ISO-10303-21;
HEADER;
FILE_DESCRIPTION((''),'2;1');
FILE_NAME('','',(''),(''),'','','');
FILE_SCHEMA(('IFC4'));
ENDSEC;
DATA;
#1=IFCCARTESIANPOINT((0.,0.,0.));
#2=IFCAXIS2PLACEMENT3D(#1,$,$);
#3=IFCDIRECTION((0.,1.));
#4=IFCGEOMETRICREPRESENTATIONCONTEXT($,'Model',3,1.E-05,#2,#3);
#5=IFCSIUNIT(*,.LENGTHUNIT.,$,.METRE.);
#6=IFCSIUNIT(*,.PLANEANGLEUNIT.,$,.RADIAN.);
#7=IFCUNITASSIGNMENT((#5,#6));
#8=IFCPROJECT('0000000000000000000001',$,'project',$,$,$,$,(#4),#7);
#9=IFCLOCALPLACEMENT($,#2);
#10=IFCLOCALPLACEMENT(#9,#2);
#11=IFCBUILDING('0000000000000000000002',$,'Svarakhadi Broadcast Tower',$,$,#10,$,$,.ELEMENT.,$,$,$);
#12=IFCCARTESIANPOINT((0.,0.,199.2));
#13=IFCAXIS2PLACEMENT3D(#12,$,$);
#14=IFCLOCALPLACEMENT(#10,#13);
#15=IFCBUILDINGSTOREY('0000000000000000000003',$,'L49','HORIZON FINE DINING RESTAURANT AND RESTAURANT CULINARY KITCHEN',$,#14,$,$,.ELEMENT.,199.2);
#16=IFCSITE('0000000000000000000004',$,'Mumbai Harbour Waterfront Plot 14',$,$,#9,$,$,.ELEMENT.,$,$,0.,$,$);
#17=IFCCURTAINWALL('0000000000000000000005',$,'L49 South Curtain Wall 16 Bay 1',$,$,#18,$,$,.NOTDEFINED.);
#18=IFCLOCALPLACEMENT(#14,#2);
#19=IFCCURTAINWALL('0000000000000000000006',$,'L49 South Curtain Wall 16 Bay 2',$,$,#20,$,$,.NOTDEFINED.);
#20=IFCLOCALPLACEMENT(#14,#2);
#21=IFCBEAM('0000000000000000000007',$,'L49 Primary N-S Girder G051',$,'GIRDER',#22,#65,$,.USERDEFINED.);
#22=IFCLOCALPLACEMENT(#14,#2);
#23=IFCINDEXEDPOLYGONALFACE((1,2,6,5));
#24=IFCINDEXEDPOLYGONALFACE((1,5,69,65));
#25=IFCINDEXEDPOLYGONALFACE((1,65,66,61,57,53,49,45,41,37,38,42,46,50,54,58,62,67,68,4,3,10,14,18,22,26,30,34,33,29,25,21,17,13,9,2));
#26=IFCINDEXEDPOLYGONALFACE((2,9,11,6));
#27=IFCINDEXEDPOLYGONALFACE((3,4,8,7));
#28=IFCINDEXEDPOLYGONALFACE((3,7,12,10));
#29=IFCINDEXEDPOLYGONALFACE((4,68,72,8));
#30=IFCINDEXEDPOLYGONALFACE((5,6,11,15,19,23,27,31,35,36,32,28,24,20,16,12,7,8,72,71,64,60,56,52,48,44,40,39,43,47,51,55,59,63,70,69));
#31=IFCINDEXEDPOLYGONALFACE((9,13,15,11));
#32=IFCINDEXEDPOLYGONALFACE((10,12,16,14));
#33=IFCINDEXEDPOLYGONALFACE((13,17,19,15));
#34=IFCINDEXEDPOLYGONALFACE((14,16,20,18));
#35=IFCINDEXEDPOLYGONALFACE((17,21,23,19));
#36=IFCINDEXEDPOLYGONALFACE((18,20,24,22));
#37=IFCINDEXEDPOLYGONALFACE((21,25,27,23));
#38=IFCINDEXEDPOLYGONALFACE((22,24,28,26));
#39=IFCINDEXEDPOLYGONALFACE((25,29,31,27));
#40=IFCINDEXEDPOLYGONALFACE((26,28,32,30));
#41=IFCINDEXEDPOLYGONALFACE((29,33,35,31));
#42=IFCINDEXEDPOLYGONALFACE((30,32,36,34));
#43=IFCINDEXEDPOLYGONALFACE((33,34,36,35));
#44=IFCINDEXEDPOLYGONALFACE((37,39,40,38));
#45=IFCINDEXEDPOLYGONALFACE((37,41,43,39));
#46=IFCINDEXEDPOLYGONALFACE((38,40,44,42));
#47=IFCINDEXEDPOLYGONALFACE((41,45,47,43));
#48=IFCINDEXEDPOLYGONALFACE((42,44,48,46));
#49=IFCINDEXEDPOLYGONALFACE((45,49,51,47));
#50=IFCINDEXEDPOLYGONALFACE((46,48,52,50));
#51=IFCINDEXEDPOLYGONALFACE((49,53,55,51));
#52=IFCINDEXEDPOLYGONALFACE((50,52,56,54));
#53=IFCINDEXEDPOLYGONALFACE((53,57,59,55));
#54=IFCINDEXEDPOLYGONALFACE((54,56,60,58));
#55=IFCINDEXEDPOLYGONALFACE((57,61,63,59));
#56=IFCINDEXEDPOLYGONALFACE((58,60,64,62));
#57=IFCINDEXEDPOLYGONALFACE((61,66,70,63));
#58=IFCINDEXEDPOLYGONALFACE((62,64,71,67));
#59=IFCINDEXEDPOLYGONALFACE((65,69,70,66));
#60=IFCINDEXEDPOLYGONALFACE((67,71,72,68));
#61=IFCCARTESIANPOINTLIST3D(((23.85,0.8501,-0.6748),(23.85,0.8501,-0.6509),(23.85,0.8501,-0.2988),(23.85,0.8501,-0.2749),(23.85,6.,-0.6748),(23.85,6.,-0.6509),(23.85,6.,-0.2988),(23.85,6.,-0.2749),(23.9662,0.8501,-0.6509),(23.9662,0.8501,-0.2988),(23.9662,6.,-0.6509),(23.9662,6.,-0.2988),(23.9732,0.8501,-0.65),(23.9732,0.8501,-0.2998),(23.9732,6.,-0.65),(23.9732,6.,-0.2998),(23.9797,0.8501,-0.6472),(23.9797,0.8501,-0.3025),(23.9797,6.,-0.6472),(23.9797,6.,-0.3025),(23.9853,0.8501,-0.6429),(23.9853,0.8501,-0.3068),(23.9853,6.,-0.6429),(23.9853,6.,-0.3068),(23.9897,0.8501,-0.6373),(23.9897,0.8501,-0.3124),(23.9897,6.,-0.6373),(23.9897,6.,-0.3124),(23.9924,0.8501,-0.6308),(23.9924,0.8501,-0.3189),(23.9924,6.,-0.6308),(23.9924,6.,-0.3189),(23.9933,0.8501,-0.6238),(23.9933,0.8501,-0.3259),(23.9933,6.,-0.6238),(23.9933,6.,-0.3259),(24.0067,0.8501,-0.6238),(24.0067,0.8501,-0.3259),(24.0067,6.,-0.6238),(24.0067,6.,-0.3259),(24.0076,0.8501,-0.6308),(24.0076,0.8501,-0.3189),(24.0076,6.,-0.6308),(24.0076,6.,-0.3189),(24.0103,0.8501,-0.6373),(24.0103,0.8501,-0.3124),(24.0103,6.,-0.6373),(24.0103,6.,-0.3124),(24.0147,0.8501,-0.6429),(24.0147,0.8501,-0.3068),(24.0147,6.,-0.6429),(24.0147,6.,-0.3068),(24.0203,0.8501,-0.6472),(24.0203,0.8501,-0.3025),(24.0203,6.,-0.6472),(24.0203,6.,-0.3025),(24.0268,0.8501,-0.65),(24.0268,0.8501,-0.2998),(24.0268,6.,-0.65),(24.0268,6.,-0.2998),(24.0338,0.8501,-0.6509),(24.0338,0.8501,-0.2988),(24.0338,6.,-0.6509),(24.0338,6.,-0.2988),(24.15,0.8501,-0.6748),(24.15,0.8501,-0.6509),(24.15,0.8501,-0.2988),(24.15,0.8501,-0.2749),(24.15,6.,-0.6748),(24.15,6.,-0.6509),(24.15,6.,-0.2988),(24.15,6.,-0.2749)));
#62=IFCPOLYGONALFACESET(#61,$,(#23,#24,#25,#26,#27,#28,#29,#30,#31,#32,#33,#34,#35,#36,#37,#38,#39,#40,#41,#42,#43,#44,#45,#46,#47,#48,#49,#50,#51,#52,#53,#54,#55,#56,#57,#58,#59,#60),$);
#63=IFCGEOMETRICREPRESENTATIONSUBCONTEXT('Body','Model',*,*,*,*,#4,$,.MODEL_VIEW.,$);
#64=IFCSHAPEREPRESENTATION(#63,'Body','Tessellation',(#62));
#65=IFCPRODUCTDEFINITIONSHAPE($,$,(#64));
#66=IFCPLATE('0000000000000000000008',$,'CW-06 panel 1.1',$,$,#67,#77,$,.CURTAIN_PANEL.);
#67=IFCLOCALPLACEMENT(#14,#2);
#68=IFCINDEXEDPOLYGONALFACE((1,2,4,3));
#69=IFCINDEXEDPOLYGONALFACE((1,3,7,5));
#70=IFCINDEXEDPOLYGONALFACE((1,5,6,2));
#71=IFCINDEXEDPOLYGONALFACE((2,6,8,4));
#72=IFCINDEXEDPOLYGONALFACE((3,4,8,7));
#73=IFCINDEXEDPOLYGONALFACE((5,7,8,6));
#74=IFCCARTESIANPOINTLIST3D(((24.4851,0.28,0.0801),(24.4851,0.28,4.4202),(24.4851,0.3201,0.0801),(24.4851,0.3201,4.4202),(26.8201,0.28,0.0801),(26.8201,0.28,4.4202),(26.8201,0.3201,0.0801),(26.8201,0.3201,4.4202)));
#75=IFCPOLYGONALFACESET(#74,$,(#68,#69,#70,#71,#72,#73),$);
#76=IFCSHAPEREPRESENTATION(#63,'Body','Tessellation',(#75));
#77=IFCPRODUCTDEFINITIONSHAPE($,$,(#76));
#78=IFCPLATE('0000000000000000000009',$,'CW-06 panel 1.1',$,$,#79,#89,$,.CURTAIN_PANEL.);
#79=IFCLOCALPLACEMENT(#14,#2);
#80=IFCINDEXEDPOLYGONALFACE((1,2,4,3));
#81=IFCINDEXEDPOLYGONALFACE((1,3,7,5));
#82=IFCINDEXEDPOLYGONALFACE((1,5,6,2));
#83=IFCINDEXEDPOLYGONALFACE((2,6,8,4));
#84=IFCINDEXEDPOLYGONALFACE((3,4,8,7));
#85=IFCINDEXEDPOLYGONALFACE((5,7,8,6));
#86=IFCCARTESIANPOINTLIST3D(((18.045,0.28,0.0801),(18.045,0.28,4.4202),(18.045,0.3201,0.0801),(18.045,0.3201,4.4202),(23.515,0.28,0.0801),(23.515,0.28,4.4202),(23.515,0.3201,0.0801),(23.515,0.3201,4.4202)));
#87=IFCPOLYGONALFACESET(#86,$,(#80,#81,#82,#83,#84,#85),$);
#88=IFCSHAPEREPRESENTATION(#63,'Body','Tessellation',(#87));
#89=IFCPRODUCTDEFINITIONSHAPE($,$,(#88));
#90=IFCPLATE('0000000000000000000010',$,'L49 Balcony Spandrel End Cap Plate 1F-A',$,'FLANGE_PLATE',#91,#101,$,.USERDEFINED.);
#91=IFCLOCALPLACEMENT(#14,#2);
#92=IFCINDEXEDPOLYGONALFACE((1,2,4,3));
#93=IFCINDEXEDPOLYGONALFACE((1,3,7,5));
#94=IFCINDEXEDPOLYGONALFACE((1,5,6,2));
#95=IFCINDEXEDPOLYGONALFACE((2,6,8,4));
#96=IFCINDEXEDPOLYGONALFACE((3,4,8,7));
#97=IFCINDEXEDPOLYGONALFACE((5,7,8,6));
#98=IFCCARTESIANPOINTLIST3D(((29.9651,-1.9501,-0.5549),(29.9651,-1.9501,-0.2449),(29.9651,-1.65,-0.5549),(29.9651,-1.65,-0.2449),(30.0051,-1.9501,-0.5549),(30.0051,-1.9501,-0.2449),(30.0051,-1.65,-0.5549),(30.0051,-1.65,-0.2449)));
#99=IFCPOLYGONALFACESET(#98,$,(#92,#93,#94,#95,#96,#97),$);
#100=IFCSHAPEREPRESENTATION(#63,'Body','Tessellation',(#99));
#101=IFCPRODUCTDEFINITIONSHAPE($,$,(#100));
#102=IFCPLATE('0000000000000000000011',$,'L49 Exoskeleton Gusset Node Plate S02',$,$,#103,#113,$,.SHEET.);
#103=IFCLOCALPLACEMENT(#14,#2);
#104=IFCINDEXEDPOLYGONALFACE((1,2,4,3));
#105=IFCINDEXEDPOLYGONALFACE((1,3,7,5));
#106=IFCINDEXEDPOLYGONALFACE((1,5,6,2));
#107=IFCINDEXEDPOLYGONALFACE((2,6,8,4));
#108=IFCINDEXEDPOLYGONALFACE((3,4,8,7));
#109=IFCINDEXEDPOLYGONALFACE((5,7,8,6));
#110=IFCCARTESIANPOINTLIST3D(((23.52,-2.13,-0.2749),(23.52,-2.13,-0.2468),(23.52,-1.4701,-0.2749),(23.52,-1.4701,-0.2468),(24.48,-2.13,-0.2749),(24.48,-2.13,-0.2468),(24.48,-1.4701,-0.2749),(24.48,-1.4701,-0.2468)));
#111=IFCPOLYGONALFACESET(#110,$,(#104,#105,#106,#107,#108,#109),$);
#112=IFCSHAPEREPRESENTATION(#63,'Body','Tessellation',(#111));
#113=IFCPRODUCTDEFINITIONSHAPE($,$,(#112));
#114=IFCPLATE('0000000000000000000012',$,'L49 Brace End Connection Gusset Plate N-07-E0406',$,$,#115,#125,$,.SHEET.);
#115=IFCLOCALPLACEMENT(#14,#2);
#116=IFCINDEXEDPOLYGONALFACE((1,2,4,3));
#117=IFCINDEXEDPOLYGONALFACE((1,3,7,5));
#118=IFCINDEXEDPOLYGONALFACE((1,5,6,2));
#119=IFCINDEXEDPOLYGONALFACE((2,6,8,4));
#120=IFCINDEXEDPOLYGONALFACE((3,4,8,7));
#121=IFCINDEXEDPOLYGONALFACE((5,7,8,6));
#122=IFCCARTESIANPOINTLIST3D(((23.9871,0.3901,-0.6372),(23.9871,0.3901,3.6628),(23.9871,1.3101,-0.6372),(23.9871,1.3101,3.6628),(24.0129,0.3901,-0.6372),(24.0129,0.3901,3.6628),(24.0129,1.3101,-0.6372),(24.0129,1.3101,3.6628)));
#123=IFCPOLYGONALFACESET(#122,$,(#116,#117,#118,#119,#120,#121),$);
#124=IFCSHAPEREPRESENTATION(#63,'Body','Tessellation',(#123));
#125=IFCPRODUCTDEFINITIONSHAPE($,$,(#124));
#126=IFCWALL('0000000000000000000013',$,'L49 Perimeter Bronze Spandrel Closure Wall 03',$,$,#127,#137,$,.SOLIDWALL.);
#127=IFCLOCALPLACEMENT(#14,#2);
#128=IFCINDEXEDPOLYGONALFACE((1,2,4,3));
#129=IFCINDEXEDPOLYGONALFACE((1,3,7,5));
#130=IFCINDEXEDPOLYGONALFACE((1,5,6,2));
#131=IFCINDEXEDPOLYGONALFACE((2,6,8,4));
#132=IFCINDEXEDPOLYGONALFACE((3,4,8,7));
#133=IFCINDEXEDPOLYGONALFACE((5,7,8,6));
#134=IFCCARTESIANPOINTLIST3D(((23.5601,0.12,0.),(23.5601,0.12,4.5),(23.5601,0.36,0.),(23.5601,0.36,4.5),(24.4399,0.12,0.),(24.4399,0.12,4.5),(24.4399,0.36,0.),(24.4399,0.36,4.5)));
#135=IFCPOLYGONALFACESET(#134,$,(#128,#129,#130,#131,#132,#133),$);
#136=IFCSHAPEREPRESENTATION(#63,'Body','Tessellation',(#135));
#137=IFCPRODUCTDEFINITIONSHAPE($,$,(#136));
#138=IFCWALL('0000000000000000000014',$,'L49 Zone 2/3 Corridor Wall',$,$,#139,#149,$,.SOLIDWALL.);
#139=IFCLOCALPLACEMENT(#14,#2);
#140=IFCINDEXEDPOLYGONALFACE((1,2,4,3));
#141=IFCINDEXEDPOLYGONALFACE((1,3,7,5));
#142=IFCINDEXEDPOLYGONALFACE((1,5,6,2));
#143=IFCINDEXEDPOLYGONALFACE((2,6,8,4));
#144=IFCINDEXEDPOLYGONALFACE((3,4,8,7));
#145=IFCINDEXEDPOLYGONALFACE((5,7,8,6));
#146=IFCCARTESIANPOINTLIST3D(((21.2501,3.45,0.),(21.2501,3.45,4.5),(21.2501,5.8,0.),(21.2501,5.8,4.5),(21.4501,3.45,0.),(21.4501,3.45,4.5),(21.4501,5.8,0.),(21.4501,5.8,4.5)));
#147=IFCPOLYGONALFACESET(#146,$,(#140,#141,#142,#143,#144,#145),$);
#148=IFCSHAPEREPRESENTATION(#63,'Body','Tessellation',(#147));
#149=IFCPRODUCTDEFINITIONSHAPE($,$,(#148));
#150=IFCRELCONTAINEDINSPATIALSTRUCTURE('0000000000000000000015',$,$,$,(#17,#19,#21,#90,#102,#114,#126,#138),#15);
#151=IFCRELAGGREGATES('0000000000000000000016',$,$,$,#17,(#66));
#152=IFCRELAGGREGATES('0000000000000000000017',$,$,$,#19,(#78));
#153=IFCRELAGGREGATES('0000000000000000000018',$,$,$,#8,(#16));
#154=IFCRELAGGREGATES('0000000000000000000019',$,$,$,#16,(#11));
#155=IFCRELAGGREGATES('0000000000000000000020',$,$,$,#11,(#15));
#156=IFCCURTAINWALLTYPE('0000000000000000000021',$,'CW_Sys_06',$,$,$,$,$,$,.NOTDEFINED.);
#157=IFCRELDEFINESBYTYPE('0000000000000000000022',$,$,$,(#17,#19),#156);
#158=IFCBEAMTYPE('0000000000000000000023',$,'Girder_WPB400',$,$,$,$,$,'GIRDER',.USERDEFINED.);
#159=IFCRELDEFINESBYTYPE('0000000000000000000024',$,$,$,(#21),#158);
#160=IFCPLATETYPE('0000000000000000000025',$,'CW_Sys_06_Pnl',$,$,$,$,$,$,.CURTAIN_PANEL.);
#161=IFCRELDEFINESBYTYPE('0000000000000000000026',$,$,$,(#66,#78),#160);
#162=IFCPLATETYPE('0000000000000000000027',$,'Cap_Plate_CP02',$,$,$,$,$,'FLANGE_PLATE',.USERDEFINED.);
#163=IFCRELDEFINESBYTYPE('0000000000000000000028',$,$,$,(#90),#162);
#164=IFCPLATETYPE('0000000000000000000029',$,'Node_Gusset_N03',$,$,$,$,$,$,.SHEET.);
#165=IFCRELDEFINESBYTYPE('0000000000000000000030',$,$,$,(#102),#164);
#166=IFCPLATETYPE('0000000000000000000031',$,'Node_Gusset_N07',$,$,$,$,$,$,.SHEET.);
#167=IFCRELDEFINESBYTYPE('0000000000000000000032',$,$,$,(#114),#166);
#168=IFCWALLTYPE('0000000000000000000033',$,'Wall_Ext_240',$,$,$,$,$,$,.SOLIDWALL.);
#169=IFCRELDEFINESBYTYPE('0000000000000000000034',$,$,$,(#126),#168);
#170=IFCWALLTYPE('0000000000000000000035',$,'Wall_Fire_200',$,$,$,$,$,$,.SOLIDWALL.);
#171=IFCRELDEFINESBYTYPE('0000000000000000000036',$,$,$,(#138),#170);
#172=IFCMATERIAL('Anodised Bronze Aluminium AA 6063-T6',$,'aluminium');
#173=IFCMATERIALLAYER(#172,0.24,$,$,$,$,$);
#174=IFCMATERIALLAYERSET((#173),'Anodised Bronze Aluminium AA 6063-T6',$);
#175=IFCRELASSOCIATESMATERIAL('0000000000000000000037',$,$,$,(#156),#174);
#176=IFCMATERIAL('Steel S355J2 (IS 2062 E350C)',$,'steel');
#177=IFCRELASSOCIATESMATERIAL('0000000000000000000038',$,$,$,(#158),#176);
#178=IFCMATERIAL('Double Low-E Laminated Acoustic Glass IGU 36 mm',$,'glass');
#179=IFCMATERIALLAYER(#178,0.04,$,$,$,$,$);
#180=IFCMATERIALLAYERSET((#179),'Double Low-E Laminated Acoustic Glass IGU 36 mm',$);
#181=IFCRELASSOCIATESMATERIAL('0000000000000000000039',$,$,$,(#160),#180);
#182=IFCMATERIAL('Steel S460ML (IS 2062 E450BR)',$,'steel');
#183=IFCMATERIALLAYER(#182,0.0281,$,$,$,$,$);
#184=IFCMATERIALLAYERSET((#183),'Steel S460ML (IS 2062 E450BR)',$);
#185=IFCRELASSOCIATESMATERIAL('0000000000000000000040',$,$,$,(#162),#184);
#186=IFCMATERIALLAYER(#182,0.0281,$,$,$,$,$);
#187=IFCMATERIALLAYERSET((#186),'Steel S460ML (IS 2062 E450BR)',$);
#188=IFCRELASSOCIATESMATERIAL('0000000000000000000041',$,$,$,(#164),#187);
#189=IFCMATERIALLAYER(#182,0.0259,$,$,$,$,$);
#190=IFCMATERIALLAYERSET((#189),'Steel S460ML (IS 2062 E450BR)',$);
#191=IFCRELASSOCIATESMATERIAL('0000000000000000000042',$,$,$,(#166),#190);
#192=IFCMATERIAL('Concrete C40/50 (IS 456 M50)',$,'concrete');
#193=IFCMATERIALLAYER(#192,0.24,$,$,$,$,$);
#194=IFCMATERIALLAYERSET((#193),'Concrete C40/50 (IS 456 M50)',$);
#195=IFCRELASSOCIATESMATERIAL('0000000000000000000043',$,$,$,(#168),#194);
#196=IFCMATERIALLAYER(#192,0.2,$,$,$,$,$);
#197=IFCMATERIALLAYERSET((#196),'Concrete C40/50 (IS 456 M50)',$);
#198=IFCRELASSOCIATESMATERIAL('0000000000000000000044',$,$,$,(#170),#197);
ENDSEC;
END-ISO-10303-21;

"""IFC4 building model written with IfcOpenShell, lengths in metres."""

from ifc_helpers import new_model, si_unit, direction, frame, frame_2d, origin, origin_2d, place, context, subcontext, project, spatial, rectangle, i_section, extrude, material, layer, layer_set, material_profile, profile_set, type_object, element, aggregate, save


model = new_model("IFC4")

# Units and contexts
model_context = context("Model", 3, precision=1e-05, world=origin(), true_north=direction((0.0, 1.0)))
body_context = subcontext(model_context, "Body", "Model", "MODEL_VIEW")
ifc_project = project(units=[si_unit("LENGTHUNIT", "METRE"), si_unit("PLANEANGLEUNIT", "RADIAN")], contexts=[model_context])

# Site, building, storey
site_placement = place(None, origin())
site = spatial("IfcSite", under=ifc_project, at=site_placement, Name="Mumbai Harbour Waterfront Plot 14", CompositionType="ELEMENT", RefElevation=0.0)
building_placement = place(site_placement, origin())
building = spatial("IfcBuilding", under=site, at=building_placement, Name="Svarakhadi Broadcast Tower", CompositionType="ELEMENT")
storey_placement = place(building_placement, frame((0.0, 0.0, 199.2)))
storey = spatial("IfcBuildingStorey", under=building, at=storey_placement, Name="L49", Description="HORIZON FINE DINING RESTAURANT AND RESTAURANT CULINARY KITCHEN", CompositionType="ELEMENT", Elevation=199.2)

# Shared definitions
ifc_material_1 = material(Name="Steel S460ML (IS 2062 E450BR)", Category="steel")

# Shared definitions
ifc_material_2 = material(Name="Steel S355J2 (IS 2062 E350C)", Category="steel")

# Curtain walls
ifc_material_3 = material(Name="Anodised Bronze Aluminium AA 6063-T6", Category="aluminium")
ifc_layer_1 = layer(ifc_material_3, 0.24)
ifc_layer_set_1 = layer_set([ifc_layer_1], Name="Anodised Bronze Aluminium AA 6063-T6")
curtain_wall_type = type_object("IfcCurtainWallType", Name="CW_Sys_06", PredefinedType="NOTDEFINED", material=ifc_layer_set_1)
curtain_wall_1_placement = place(storey_placement, origin())
curtain_wall_1 = element("IfcCurtainWall", 1, at=curtain_wall_1_placement, inside=storey, type_object=curtain_wall_type, Name="L49 South Curtain Wall 16 Bay 1", PredefinedType="NOTDEFINED")
curtain_wall_2_placement = place(storey_placement, origin())
curtain_wall_2 = element("IfcCurtainWall", 2, at=curtain_wall_2_placement, inside=storey, type_object=curtain_wall_type, Name="L49 South Curtain Wall 16 Bay 2", PredefinedType="NOTDEFINED")

# Beam
ifc_material_profile_1 = material_profile(ifc_material_2, i_section(OverallWidth=0.3, OverallDepth=0.3999, WebThickness=0.0134, FlangeThickness=0.0239, FilletRadius=0.0271, at=origin_2d()), Name="WPB 400x300x155")
ifc_profile_set_1 = profile_set([ifc_material_profile_1], Name="Steel S355J2 (IS 2062 E350C)")
beam_type_1 = type_object("IfcBeamType", Name="Girder_WPB400", ElementType="GIRDER", PredefinedType="USERDEFINED", material=ifc_profile_set_1)
for number, where, z_axis, x_axis, name in (
    (3, (24.0, 0.8501, -0.4749), (0.0, 1.0, 0.0), (-1.0, 0.0, 0.0), "L49 Primary N-S Girder G051"),
):
    element("IfcBeam", number, at=place(storey_placement, frame(where, z_axis=z_axis, x_axis=x_axis)), inside=storey, type_object=beam_type_1, Name=name, ObjectType="GIRDER", PredefinedType="USERDEFINED", context=body_context, shape_type="SweptSolid", body=[
        extrude(i_section(OverallWidth=0.3, OverallDepth=0.3999, WebThickness=0.0134, FlangeThickness=0.0239, FilletRadius=0.0271, at=origin_2d()), origin(), (0.0, 0.0, 1.0), 5.1499),
    ])

# Plates
ifc_material_4 = material(Name="Double Low-E Laminated Acoustic Glass IGU 36 mm", Category="glass")
ifc_layer_2 = layer(ifc_material_4, 0.04)
ifc_layer_set_2 = layer_set([ifc_layer_2], Name="Double Low-E Laminated Acoustic Glass IGU 36 mm")
plate_type_1 = type_object("IfcPlateType", Name="CW_Sys_06_Pnl", PredefinedType="CURTAIN_PANEL", material=ifc_layer_set_2)
plate_1_placement = place(storey_placement, frame((25.6526, 0.3, 0.0801), z_axis=(0.0, 0.0, 1.0), x_axis=(-1.0, 0.0, 0.0)))
plate_1 = element("IfcPlate", 4, at=plate_1_placement, type_object=plate_type_1, Name="CW-06 panel 1.1", PredefinedType="CURTAIN_PANEL", context=body_context, shape_type="SweptSolid", body=[
    extrude(rectangle(XDim=2.335, YDim=0.04, at=origin_2d()), origin(), (0.0, 0.0, 1.0), 4.3401),
])
aggregate(curtain_wall_1, [plate_1])
plate_2_placement = place(storey_placement, frame((20.78, 0.3, 0.0801), z_axis=(0.0, 0.0, 1.0), x_axis=(-1.0, 0.0, 0.0)))
plate_2 = element("IfcPlate", 5, at=plate_2_placement, type_object=plate_type_1, Name="CW-06 panel 1.1", PredefinedType="CURTAIN_PANEL", context=body_context, shape_type="SweptSolid", body=[
    extrude(rectangle(XDim=5.47, YDim=0.04, at=origin_2d()), origin(), (0.0, 0.0, 1.0), 4.3401),
])
aggregate(curtain_wall_2, [plate_2])

# Plates
ifc_layer_3 = layer(ifc_material_1, 0.0281)
ifc_layer_set_3 = layer_set([ifc_layer_3], Name="Steel S460ML (IS 2062 E450BR)")
plate_type_2 = type_object("IfcPlateType", Name="Cap_Plate_CP02", ElementType="FLANGE_PLATE", PredefinedType="USERDEFINED", material=ifc_layer_set_3)
plate_3_placement = place(storey_placement, frame((29.9851, -1.8, -0.5549), z_axis=(0.0, 0.0, 1.0), x_axis=(1.0, 0.0, 0.0)))
element("IfcPlate", 6, at=plate_3_placement, inside=storey, type_object=plate_type_2, Name="L49 Balcony Spandrel End Cap Plate 1F-A", ObjectType="FLANGE_PLATE", PredefinedType="USERDEFINED", context=body_context, shape_type="SweptSolid", body=[
    extrude(rectangle(XDim=0.04, YDim=0.3, at=origin_2d()), origin(), (0.0, 0.0, 1.0), 0.3101),
])
ifc_layer_4 = layer(ifc_material_1, 0.0281)
ifc_layer_set_4 = layer_set([ifc_layer_4], Name="Steel S460ML (IS 2062 E450BR)")
plate_type_3 = type_object("IfcPlateType", Name="Node_Gusset_N03", PredefinedType="SHEET", material=ifc_layer_set_4)
plate_4_placement = place(storey_placement, frame((24.0, -1.8, -0.2749), z_axis=(0.0, 0.0, 1.0), x_axis=(1.0, 0.0, 0.0)))
element("IfcPlate", 7, at=plate_4_placement, inside=storey, type_object=plate_type_3, Name="L49 Exoskeleton Gusset Node Plate S02", PredefinedType="SHEET", context=body_context, shape_type="SweptSolid", body=[
    extrude(rectangle(XDim=0.96, YDim=0.6599, at=origin_2d()), origin(), (0.0, 0.0, 1.0), 0.0281),
])
ifc_layer_5 = layer(ifc_material_1, 0.0259)
ifc_layer_set_5 = layer_set([ifc_layer_5], Name="Steel S460ML (IS 2062 E450BR)")
plate_type_4 = type_object("IfcPlateType", Name="Node_Gusset_N07", PredefinedType="SHEET", material=ifc_layer_set_5)
plate_5_placement = place(storey_placement, frame((24.0, 0.8501, -0.6372), z_axis=(0.0, 0.0, 1.0), x_axis=(0.0, 1.0, 0.0)))
element("IfcPlate", 8, at=plate_5_placement, inside=storey, type_object=plate_type_4, Name="L49 Brace End Connection Gusset Plate N-07-E0406", PredefinedType="SHEET", context=body_context, shape_type="SweptSolid", body=[
    extrude(rectangle(XDim=0.9199, YDim=0.0259, at=origin_2d()), origin(), (0.0, 0.0, 1.0), 4.3),
])

# Walls
ifc_material_5 = material(Name="Concrete C40/50 (IS 456 M50)", Category="concrete")
ifc_layer_6 = layer(ifc_material_5, 0.24)
ifc_layer_set_6 = layer_set([ifc_layer_6], Name="Concrete C40/50 (IS 456 M50)")
wall_type_1 = type_object("IfcWallType", Name="Wall_Ext_240", PredefinedType="SOLIDWALL", material=ifc_layer_set_6)
wall_1_placement = place(storey_placement, frame((24.4399, 0.24, 0.0), z_axis=(0.0, 0.0, 1.0), x_axis=(-1.0, 0.0, 0.0)))
element("IfcWall", 9, at=wall_1_placement, inside=storey, type_object=wall_type_1, Name="L49 Perimeter Bronze Spandrel Closure Wall 03", PredefinedType="SOLIDWALL", context=body_context, shape_type="SweptSolid", body=[
    extrude(rectangle(XDim=0.8799, YDim=0.24, at=frame_2d((0.4399, 0.0))), origin(), (0.0, 0.0, 1.0), 4.5),
])
ifc_layer_7 = layer(ifc_material_5, 0.2)
ifc_layer_set_7 = layer_set([ifc_layer_7], Name="Concrete C40/50 (IS 456 M50)")
wall_type_2 = type_object("IfcWallType", Name="Wall_Fire_200", PredefinedType="SOLIDWALL", material=ifc_layer_set_7)
wall_2_placement = place(storey_placement, frame((21.3501, 3.45, 0.0), z_axis=(0.0, 0.0, 1.0), x_axis=(0.0, 1.0, 0.0)))
element("IfcWall", 10, at=wall_2_placement, inside=storey, type_object=wall_type_2, Name="L49 Zone 2/3 Corridor Wall", PredefinedType="SOLIDWALL", context=body_context, shape_type="SweptSolid", body=[
    extrude(rectangle(XDim=2.3501, YDim=0.2, at=frame_2d((1.175, 0.0))), origin(), (0.0, 0.0, 1.0), 4.5),
])

save(model, "model.ifc")
